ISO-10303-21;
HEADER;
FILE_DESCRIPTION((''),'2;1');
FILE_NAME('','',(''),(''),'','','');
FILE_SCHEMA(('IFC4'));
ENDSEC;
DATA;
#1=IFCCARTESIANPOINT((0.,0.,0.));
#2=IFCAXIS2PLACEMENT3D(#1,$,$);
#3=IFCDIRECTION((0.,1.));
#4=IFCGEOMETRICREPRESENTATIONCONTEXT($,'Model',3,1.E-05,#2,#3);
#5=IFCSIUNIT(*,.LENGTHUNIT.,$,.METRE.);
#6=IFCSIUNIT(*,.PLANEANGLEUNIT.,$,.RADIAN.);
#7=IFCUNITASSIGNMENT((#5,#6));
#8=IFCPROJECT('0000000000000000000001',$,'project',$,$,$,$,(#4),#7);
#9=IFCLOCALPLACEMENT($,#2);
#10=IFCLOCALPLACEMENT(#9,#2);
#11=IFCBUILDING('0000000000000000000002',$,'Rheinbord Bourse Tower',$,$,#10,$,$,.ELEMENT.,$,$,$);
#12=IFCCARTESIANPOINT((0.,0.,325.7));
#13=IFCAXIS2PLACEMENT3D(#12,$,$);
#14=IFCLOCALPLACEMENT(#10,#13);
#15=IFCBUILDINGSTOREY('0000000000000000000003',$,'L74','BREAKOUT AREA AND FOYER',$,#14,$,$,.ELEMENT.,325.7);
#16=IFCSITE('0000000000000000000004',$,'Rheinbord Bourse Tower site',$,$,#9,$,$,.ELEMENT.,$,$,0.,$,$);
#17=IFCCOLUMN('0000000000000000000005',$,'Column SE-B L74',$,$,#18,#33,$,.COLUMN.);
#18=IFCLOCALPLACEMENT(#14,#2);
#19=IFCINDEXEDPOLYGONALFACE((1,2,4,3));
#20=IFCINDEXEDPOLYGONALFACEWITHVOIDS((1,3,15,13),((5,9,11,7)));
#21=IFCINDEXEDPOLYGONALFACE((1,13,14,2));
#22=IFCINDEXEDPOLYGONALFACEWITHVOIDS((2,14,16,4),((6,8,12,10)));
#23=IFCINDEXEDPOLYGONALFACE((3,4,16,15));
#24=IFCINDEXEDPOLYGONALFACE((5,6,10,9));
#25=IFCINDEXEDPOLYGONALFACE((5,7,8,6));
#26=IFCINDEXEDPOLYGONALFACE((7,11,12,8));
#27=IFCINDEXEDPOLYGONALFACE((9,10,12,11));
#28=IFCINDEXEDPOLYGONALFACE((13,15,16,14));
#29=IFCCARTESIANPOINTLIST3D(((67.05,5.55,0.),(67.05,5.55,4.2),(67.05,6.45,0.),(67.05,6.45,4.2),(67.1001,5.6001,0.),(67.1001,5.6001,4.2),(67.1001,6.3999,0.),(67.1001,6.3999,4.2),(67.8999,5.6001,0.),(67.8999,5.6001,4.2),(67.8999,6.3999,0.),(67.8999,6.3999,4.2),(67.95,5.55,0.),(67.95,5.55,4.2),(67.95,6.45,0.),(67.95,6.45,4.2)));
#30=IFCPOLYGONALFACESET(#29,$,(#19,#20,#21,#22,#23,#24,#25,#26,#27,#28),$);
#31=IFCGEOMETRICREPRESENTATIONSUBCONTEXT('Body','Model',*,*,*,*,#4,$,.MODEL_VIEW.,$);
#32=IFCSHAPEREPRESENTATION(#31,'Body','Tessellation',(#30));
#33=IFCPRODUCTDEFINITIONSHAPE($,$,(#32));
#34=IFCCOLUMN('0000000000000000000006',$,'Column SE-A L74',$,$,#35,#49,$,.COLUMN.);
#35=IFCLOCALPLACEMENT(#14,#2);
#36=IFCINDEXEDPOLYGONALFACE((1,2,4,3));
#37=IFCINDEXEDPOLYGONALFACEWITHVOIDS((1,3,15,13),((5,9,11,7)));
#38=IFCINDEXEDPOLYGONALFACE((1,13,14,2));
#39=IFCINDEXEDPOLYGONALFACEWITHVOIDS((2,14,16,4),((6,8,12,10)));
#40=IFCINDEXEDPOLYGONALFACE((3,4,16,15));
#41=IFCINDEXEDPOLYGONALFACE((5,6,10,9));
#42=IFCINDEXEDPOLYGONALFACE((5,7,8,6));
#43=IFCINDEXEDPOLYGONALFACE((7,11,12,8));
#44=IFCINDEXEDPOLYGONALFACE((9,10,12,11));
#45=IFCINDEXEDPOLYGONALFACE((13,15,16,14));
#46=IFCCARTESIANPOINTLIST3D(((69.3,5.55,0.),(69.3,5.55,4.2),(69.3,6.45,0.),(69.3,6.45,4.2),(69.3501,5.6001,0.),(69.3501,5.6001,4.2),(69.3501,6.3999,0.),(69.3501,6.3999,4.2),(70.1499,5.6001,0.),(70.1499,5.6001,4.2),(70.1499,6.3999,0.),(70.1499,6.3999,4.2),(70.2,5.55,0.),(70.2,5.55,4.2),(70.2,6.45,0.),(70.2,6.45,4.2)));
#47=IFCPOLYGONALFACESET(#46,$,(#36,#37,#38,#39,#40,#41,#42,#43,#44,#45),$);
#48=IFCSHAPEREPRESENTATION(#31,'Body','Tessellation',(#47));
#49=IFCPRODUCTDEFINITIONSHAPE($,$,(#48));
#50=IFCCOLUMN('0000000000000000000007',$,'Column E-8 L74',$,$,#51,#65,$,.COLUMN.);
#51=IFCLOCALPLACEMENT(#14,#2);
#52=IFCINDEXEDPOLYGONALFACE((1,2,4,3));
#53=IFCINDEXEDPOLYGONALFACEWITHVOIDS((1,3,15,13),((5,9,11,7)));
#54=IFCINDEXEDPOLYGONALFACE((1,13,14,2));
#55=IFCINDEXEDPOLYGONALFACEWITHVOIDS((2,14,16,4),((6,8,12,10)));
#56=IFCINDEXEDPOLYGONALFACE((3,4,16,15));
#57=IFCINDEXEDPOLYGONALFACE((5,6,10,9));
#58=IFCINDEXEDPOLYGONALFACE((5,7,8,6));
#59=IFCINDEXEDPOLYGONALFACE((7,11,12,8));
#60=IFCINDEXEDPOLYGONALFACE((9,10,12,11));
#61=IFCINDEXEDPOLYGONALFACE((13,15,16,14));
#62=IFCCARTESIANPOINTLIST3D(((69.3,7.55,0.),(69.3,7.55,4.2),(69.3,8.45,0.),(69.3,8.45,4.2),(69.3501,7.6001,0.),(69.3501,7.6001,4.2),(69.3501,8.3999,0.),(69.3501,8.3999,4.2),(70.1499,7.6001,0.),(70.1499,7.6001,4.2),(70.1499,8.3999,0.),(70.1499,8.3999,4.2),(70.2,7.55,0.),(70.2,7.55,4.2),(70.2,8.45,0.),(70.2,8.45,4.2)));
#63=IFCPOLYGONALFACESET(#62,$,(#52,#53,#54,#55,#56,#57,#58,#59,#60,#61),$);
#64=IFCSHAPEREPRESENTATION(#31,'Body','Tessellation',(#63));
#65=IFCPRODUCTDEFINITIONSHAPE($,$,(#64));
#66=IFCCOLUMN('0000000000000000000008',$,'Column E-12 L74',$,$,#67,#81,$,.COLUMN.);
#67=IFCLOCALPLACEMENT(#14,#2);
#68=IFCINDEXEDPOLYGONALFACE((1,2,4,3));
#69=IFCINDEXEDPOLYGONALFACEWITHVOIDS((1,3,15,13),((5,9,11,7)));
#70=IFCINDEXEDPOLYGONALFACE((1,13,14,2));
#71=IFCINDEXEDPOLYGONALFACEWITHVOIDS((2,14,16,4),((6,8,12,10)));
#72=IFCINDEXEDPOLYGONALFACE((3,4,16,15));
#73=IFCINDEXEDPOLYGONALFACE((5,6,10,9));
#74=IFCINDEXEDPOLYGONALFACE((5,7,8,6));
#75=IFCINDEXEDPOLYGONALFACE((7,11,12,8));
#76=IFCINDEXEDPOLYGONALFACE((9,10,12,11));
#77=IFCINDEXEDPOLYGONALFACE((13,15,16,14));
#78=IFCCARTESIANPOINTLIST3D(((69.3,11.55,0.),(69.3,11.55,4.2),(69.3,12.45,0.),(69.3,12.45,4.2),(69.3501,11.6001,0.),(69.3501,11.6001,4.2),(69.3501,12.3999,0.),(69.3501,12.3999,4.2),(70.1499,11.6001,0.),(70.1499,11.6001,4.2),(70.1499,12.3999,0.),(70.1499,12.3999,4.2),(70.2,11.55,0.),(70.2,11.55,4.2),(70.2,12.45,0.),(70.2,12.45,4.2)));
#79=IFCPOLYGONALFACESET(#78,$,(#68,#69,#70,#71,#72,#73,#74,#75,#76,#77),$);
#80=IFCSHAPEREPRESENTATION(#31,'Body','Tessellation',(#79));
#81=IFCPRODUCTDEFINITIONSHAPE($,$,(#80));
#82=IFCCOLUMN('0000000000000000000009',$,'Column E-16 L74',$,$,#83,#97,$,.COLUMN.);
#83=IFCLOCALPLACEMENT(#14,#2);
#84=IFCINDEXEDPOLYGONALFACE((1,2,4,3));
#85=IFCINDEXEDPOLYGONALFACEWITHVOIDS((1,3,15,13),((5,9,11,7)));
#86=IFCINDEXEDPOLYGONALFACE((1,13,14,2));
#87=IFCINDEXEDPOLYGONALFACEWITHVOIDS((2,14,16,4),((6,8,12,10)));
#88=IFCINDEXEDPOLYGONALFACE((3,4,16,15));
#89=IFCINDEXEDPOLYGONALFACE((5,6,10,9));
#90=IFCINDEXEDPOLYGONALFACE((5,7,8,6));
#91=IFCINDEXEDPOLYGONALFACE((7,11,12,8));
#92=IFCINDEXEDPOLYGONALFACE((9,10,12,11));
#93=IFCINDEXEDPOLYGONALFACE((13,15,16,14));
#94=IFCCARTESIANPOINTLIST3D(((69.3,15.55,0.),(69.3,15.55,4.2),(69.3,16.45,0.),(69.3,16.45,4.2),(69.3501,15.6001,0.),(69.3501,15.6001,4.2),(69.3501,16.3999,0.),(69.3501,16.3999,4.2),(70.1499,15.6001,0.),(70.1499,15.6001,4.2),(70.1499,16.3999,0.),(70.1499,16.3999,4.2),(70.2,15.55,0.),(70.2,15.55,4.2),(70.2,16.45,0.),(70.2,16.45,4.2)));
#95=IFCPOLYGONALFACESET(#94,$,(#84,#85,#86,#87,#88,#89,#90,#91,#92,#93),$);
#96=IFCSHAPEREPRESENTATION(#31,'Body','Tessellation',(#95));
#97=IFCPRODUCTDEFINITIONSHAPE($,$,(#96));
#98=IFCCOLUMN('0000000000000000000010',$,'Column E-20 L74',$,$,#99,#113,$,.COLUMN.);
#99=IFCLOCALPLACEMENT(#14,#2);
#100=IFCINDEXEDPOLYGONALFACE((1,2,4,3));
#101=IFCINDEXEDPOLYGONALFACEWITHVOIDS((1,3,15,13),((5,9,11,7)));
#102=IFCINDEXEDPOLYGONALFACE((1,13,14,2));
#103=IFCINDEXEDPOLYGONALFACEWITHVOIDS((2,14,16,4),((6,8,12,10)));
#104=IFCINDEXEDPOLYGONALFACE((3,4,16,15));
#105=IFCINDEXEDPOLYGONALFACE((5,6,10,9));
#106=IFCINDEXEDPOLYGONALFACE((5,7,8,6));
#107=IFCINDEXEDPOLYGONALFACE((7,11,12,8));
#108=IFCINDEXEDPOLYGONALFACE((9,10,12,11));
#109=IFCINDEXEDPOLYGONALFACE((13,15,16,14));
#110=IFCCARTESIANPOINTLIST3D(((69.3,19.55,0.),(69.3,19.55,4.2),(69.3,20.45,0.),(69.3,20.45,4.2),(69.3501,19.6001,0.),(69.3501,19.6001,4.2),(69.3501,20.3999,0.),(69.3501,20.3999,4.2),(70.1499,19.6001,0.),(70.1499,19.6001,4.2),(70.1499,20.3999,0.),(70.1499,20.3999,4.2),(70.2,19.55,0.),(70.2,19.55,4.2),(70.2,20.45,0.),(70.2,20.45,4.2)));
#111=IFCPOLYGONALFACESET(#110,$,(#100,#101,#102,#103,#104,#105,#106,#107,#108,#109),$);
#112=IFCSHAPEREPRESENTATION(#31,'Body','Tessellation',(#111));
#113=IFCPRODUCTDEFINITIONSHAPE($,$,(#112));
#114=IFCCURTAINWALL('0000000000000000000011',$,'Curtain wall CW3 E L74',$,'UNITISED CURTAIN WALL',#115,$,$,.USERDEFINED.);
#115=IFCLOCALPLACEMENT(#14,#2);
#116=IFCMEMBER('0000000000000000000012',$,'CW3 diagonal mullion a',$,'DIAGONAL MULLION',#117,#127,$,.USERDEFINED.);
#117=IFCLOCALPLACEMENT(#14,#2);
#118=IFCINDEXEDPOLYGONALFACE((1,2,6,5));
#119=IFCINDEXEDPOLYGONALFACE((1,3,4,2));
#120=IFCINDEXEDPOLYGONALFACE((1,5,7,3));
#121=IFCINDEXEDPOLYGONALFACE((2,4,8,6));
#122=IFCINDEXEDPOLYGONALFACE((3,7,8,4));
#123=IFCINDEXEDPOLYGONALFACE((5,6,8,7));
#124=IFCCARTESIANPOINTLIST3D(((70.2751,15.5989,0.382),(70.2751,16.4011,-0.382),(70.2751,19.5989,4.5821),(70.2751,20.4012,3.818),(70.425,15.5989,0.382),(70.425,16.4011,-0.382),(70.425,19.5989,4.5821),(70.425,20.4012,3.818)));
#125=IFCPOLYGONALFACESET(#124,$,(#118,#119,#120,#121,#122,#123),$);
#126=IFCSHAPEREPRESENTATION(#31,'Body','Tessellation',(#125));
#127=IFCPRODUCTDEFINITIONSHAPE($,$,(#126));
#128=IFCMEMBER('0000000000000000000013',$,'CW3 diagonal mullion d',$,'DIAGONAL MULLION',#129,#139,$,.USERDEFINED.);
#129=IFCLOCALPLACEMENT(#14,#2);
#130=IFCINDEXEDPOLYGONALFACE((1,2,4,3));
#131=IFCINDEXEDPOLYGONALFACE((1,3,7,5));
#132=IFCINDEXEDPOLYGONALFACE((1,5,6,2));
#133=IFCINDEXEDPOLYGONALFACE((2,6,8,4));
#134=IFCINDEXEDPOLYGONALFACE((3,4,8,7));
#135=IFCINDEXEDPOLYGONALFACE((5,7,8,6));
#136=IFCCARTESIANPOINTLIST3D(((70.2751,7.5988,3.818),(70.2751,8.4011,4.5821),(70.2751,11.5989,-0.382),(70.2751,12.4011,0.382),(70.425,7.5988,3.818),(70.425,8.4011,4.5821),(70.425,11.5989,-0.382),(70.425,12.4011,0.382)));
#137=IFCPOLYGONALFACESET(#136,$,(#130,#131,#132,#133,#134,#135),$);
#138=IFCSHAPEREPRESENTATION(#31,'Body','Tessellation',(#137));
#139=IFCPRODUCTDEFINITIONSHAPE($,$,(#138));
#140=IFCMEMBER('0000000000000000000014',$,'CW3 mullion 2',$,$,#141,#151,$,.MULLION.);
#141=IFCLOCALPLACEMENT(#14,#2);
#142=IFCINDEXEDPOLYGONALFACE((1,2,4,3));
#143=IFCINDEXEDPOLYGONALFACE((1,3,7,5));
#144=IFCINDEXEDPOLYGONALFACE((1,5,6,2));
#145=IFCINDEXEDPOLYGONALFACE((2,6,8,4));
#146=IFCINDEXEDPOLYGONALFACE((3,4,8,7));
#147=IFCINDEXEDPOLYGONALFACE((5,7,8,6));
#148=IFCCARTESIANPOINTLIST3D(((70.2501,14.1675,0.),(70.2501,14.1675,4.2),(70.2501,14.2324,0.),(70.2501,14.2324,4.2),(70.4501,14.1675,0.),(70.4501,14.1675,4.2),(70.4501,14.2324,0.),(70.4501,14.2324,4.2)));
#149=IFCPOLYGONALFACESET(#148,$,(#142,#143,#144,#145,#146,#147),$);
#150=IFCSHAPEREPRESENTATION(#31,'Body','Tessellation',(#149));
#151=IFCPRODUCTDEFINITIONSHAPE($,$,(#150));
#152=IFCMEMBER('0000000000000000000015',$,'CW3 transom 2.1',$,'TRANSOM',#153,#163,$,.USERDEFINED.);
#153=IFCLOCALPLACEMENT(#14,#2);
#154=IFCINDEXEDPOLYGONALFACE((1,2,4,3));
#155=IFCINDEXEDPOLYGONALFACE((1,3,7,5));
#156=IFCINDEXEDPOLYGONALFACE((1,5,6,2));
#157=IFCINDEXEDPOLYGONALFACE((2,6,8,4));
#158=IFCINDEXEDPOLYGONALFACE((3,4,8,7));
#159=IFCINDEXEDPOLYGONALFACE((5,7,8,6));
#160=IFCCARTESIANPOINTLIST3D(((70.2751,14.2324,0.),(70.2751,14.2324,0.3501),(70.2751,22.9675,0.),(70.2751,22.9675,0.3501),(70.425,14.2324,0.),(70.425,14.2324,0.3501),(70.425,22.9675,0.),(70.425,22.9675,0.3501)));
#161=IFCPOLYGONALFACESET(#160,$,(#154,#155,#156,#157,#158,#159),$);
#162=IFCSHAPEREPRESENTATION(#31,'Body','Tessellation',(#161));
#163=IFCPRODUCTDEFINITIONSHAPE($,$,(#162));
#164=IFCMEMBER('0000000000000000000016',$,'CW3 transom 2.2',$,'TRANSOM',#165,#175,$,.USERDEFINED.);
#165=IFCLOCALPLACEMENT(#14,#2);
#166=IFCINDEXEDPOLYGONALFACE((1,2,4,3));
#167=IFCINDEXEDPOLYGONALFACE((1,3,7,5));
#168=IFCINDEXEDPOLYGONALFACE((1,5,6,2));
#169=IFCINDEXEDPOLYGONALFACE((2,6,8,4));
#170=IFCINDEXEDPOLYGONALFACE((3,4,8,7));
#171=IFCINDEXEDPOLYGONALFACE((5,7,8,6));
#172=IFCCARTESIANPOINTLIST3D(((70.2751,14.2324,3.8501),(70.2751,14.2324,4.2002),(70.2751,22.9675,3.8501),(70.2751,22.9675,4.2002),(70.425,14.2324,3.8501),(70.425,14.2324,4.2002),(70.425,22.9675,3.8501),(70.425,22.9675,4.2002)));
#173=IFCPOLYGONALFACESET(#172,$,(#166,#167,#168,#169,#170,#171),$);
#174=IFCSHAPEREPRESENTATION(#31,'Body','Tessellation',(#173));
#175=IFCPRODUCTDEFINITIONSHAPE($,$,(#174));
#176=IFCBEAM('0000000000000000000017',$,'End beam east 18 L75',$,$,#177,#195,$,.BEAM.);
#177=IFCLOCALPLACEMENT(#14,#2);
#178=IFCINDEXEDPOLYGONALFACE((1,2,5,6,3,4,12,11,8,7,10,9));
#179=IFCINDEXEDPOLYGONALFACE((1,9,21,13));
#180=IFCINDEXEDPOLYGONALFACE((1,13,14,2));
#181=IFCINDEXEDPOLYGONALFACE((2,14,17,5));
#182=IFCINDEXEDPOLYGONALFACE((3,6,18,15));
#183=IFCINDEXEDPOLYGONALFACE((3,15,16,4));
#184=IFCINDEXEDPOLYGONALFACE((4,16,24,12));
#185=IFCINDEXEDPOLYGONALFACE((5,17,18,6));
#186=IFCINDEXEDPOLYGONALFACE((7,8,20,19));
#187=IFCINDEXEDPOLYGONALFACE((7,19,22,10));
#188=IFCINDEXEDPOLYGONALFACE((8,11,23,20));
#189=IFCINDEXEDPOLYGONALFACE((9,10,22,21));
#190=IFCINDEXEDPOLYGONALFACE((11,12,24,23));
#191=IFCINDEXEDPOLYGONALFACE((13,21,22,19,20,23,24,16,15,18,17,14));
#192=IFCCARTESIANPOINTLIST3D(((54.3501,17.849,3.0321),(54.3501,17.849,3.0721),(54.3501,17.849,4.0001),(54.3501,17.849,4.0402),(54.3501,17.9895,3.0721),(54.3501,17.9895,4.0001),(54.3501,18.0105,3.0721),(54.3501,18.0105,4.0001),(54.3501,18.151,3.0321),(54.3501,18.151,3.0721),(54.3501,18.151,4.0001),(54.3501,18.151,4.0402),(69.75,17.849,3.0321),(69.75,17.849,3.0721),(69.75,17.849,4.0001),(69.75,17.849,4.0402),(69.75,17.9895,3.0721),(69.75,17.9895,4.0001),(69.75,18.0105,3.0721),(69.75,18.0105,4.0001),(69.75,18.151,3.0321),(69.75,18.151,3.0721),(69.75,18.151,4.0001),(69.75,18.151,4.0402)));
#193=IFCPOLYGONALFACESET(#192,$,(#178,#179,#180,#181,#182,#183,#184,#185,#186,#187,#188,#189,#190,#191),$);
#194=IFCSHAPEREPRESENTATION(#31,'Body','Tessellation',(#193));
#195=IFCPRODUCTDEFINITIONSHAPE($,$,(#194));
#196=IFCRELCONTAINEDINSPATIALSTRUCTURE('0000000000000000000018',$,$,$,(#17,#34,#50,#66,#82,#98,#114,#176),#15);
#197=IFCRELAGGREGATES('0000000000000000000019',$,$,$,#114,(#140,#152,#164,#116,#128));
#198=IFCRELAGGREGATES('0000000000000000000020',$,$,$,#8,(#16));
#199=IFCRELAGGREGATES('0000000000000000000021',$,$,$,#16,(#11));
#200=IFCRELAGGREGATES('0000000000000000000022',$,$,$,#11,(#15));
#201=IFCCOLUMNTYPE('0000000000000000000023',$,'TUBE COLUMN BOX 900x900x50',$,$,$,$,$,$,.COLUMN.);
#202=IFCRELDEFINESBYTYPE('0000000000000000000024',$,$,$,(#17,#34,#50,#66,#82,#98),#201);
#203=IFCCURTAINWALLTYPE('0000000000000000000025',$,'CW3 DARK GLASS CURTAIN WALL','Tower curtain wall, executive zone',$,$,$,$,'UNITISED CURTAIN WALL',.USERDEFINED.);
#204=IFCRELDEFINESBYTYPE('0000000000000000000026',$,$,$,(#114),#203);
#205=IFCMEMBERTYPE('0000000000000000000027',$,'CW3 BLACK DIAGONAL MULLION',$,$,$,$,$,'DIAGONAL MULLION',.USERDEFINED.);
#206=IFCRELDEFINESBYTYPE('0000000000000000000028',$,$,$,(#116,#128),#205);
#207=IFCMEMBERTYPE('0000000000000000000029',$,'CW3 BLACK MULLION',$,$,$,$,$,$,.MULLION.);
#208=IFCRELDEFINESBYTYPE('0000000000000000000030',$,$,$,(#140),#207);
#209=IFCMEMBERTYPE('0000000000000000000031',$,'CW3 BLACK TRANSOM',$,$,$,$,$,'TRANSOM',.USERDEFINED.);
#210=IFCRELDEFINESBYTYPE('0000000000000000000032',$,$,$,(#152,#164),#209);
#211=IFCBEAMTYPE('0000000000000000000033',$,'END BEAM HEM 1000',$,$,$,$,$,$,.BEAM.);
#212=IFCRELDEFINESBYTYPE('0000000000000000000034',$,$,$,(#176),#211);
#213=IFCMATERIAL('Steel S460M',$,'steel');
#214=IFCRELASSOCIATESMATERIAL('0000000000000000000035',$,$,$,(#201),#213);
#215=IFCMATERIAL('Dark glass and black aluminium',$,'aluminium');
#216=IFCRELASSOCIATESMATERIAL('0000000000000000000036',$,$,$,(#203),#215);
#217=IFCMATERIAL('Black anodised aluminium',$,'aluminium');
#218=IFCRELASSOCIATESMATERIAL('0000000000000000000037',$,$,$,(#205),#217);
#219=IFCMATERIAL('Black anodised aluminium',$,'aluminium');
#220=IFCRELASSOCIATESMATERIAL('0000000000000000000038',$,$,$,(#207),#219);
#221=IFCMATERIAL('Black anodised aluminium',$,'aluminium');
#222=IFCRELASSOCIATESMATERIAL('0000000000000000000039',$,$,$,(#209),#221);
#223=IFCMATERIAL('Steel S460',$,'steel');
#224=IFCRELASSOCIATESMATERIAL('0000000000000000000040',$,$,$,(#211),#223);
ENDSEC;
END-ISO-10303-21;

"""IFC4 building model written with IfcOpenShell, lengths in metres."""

from ifc_helpers import new_model, si_unit, direction, frame, origin, origin_2d, place, context, subcontext, project, spatial, rectangle, hollow_rectangle, i_section, extrude, material, material_profile, profile_set, type_object, element, aggregate, save


model = new_model("IFC4")

# Units and contexts
model_context = context("Model", 3, precision=1e-05, world=origin(), true_north=direction((0.0, 1.0)))
body_context = subcontext(model_context, "Body", "Model", "MODEL_VIEW")
ifc_project = project(units=[si_unit("LENGTHUNIT", "METRE"), si_unit("PLANEANGLEUNIT", "RADIAN")], contexts=[model_context])

# Site, building, storey
site_placement = place(None, origin())
site = spatial("IfcSite", under=ifc_project, at=site_placement, Name="Rheinbord Bourse Tower site", CompositionType="ELEMENT", RefElevation=0.0)
building_placement = place(site_placement, origin())
building = spatial("IfcBuilding", under=site, at=building_placement, Name="Rheinbord Bourse Tower", CompositionType="ELEMENT")
storey_placement = place(building_placement, frame((0.0, 0.0, 325.7)))
storey = spatial("IfcBuildingStorey", under=building, at=storey_placement, Name="L74", Description="BREAKOUT AREA AND FOYER", CompositionType="ELEMENT", Elevation=325.7)

# Columns
ifc_material_1 = material(Name="Steel S460M", Category="steel")
ifc_material_profile_1 = material_profile(ifc_material_1, hollow_rectangle(XDim=0.8999, YDim=0.8999, WallThickness=0.05, at=origin_2d()), Name="BOX 900x900x50")
ifc_profile_set_1 = profile_set([ifc_material_profile_1], Name="Steel S460M")
column_type = type_object("IfcColumnType", Name="TUBE COLUMN BOX 900x900x50", PredefinedType="COLUMN", material=ifc_profile_set_1)
for number, where, z_axis, x_axis, name in (
    (1, (67.5, 6.0, 0.0), (0.0, 0.0, 1.0), (1.0, 0.0, 0.0), "Column SE-B L74"),
    (2, (69.75, 6.0, 0.0), (0.0, 0.0, 1.0), (1.0, 0.0, 0.0), "Column SE-A L74"),
    (3, (69.75, 8.0, 0.0), (0.0, 0.0, 1.0), (1.0, 0.0, 0.0), "Column E-8 L74"),
    (4, (69.75, 12.0, 0.0), (0.0, 0.0, 1.0), (1.0, 0.0, 0.0), "Column E-12 L74"),
    (5, (69.75, 16.0, 0.0), (0.0, 0.0, 1.0), (1.0, 0.0, 0.0), "Column E-16 L74"),
    (6, (69.75, 20.0, 0.0), (0.0, 0.0, 1.0), (1.0, 0.0, 0.0), "Column E-20 L74"),
):
    element("IfcColumn", number, at=place(storey_placement, frame(where, z_axis=z_axis, x_axis=x_axis)), inside=storey, type_object=column_type, Name=name, PredefinedType="COLUMN", context=body_context, shape_type="SweptSolid", body=[
        extrude(hollow_rectangle(XDim=0.8999, YDim=0.8999, WallThickness=0.05, at=origin_2d()), origin(), (0.0, 0.0, 1.0), 4.2),
    ])

# Curtain wall, members
ifc_material_2 = material(Name="Dark glass and black aluminium", Category="aluminium")
curtain_wall_type = type_object("IfcCurtainWallType", Name="CW3 DARK GLASS CURTAIN WALL", Description="Tower curtain wall, executive zone", ElementType="UNITISED CURTAIN WALL", PredefinedType="USERDEFINED", material=ifc_material_2)
curtain_wall_placement = place(storey_placement, origin())
curtain_wall = element("IfcCurtainWall", 7, at=curtain_wall_placement, inside=storey, type_object=curtain_wall_type, Name="Curtain wall CW3 E L74", ObjectType="UNITISED CURTAIN WALL", PredefinedType="USERDEFINED")
ifc_material_3 = material(Name="Black anodised aluminium", Category="aluminium")
ifc_material_profile_2 = material_profile(ifc_material_3, rectangle(XDim=0.1499, YDim=1.1079, at=origin_2d()), Name="CW3 DIAGONAL MULLION 1108x150")
ifc_profile_set_2 = profile_set([ifc_material_profile_2], Name="Black anodised aluminium")
member_type_1 = type_object("IfcMemberType", Name="CW3 BLACK DIAGONAL MULLION", ElementType="DIAGONAL MULLION", PredefinedType="USERDEFINED", material=ifc_profile_set_2)
member_1_placement = place(storey_placement, frame((70.3501, 16.0, 0.0), z_axis=(0.0, 0.689659, 0.724134), x_axis=(-1.0, 0.0, 0.0)))
member_1 = element("IfcMember", 8, at=member_1_placement, type_object=member_type_1, Name="CW3 diagonal mullion a", ObjectType="DIAGONAL MULLION", PredefinedType="USERDEFINED", context=body_context, shape_type="SweptSolid", body=[
    extrude(rectangle(XDim=0.1499, YDim=1.1079, at=origin_2d()), origin(), (0.0, 0.0, 1.0), 5.8),
])
member_2_placement = place(storey_placement, frame((70.3501, 12.0, 0.0), z_axis=(0.0, -0.689659, 0.724134), x_axis=(1.0, 0.0, 0.0)))
member_2 = element("IfcMember", 9, at=member_2_placement, type_object=member_type_1, Name="CW3 diagonal mullion d", ObjectType="DIAGONAL MULLION", PredefinedType="USERDEFINED", context=body_context, shape_type="SweptSolid", body=[
    extrude(rectangle(XDim=0.1499, YDim=1.1079, at=origin_2d()), origin(), (0.0, 0.0, 1.0), 5.8),
])
ifc_material_4 = material(Name="Black anodised aluminium", Category="aluminium")
ifc_material_profile_3 = material_profile(ifc_material_4, rectangle(XDim=0.2, YDim=0.0649, at=origin_2d()), Name="CW3 MULLION 65x200")
ifc_profile_set_3 = profile_set([ifc_material_profile_3], Name="Black anodised aluminium")
member_type_2 = type_object("IfcMemberType", Name="CW3 BLACK MULLION", PredefinedType="MULLION", material=ifc_profile_set_3)
member_3_placement = place(storey_placement, frame((70.3501, 14.2, 0.0), z_axis=(0.0, 0.0, 1.0), x_axis=(-1.0, 0.0, 0.0)))
member_3 = element("IfcMember", 10, at=member_3_placement, type_object=member_type_2, Name="CW3 mullion 2", PredefinedType="MULLION", context=body_context, shape_type="SweptSolid", body=[
    extrude(rectangle(XDim=0.2, YDim=0.0649, at=origin_2d()), origin(), (0.0, 0.0, 1.0), 4.2),
])
ifc_material_5 = material(Name="Black anodised aluminium", Category="aluminium")
ifc_material_profile_4 = material_profile(ifc_material_5, rectangle(XDim=0.1499, YDim=0.3501, at=origin_2d()), Name="CW3 TRANSOM 350x150")
ifc_profile_set_4 = profile_set([ifc_material_profile_4], Name="Black anodised aluminium")
member_type_3 = type_object("IfcMemberType", Name="CW3 BLACK TRANSOM", ElementType="TRANSOM", PredefinedType="USERDEFINED", material=ifc_profile_set_4)
member_4_placement = place(storey_placement, frame((70.3501, 14.2324, 0.175), z_axis=(0.0, 1.0, 0.0), x_axis=(-1.0, 0.0, 0.0)))
member_4 = element("IfcMember", 11, at=member_4_placement, type_object=member_type_3, Name="CW3 transom 2.1", ObjectType="TRANSOM", PredefinedType="USERDEFINED", context=body_context, shape_type="SweptSolid", body=[
    extrude(rectangle(XDim=0.1499, YDim=0.3501, at=origin_2d()), origin(), (0.0, 0.0, 1.0), 8.7351),
])
member_5_placement = place(storey_placement, frame((70.3501, 14.2324, 4.0251), z_axis=(0.0, 1.0, 0.0), x_axis=(-1.0, 0.0, 0.0)))
member_5 = element("IfcMember", 12, at=member_5_placement, type_object=member_type_3, Name="CW3 transom 2.2", ObjectType="TRANSOM", PredefinedType="USERDEFINED", context=body_context, shape_type="SweptSolid", body=[
    extrude(rectangle(XDim=0.1499, YDim=0.3501, at=origin_2d()), origin(), (0.0, 0.0, 1.0), 8.7351),
])

# Beam
ifc_material_6 = material(Name="Steel S460", Category="steel")
ifc_material_profile_5 = material_profile(ifc_material_6, i_section(OverallWidth=0.302, OverallDepth=1.0081, WebThickness=0.021, FlangeThickness=0.04, at=origin_2d()), Name="HEM 1000")
ifc_profile_set_5 = profile_set([ifc_material_profile_5], Name="Steel S460")
beam_type_1 = type_object("IfcBeamType", Name="END BEAM HEM 1000", PredefinedType="BEAM", material=ifc_profile_set_5)
for number, where, z_axis, x_axis, name in (
    (13, (54.3501, 18.0, 3.5361), (1.0, 0.0, 0.0), (0.0, 1.0, 0.0), "End beam east 18 L75"),
):
    element("IfcBeam", number, at=place(storey_placement, frame(where, z_axis=z_axis, x_axis=x_axis)), inside=storey, type_object=beam_type_1, Name=name, PredefinedType="BEAM", context=body_context, shape_type="SweptSolid", body=[
        extrude(i_section(OverallWidth=0.302, OverallDepth=1.0081, WebThickness=0.021, FlangeThickness=0.04, at=origin_2d()), origin(), (0.0, 0.0, 1.0), 15.3999),
    ])

aggregate(curtain_wall, [member_3, member_4, member_5, member_1, member_2])

save(model, "model.ifc")
